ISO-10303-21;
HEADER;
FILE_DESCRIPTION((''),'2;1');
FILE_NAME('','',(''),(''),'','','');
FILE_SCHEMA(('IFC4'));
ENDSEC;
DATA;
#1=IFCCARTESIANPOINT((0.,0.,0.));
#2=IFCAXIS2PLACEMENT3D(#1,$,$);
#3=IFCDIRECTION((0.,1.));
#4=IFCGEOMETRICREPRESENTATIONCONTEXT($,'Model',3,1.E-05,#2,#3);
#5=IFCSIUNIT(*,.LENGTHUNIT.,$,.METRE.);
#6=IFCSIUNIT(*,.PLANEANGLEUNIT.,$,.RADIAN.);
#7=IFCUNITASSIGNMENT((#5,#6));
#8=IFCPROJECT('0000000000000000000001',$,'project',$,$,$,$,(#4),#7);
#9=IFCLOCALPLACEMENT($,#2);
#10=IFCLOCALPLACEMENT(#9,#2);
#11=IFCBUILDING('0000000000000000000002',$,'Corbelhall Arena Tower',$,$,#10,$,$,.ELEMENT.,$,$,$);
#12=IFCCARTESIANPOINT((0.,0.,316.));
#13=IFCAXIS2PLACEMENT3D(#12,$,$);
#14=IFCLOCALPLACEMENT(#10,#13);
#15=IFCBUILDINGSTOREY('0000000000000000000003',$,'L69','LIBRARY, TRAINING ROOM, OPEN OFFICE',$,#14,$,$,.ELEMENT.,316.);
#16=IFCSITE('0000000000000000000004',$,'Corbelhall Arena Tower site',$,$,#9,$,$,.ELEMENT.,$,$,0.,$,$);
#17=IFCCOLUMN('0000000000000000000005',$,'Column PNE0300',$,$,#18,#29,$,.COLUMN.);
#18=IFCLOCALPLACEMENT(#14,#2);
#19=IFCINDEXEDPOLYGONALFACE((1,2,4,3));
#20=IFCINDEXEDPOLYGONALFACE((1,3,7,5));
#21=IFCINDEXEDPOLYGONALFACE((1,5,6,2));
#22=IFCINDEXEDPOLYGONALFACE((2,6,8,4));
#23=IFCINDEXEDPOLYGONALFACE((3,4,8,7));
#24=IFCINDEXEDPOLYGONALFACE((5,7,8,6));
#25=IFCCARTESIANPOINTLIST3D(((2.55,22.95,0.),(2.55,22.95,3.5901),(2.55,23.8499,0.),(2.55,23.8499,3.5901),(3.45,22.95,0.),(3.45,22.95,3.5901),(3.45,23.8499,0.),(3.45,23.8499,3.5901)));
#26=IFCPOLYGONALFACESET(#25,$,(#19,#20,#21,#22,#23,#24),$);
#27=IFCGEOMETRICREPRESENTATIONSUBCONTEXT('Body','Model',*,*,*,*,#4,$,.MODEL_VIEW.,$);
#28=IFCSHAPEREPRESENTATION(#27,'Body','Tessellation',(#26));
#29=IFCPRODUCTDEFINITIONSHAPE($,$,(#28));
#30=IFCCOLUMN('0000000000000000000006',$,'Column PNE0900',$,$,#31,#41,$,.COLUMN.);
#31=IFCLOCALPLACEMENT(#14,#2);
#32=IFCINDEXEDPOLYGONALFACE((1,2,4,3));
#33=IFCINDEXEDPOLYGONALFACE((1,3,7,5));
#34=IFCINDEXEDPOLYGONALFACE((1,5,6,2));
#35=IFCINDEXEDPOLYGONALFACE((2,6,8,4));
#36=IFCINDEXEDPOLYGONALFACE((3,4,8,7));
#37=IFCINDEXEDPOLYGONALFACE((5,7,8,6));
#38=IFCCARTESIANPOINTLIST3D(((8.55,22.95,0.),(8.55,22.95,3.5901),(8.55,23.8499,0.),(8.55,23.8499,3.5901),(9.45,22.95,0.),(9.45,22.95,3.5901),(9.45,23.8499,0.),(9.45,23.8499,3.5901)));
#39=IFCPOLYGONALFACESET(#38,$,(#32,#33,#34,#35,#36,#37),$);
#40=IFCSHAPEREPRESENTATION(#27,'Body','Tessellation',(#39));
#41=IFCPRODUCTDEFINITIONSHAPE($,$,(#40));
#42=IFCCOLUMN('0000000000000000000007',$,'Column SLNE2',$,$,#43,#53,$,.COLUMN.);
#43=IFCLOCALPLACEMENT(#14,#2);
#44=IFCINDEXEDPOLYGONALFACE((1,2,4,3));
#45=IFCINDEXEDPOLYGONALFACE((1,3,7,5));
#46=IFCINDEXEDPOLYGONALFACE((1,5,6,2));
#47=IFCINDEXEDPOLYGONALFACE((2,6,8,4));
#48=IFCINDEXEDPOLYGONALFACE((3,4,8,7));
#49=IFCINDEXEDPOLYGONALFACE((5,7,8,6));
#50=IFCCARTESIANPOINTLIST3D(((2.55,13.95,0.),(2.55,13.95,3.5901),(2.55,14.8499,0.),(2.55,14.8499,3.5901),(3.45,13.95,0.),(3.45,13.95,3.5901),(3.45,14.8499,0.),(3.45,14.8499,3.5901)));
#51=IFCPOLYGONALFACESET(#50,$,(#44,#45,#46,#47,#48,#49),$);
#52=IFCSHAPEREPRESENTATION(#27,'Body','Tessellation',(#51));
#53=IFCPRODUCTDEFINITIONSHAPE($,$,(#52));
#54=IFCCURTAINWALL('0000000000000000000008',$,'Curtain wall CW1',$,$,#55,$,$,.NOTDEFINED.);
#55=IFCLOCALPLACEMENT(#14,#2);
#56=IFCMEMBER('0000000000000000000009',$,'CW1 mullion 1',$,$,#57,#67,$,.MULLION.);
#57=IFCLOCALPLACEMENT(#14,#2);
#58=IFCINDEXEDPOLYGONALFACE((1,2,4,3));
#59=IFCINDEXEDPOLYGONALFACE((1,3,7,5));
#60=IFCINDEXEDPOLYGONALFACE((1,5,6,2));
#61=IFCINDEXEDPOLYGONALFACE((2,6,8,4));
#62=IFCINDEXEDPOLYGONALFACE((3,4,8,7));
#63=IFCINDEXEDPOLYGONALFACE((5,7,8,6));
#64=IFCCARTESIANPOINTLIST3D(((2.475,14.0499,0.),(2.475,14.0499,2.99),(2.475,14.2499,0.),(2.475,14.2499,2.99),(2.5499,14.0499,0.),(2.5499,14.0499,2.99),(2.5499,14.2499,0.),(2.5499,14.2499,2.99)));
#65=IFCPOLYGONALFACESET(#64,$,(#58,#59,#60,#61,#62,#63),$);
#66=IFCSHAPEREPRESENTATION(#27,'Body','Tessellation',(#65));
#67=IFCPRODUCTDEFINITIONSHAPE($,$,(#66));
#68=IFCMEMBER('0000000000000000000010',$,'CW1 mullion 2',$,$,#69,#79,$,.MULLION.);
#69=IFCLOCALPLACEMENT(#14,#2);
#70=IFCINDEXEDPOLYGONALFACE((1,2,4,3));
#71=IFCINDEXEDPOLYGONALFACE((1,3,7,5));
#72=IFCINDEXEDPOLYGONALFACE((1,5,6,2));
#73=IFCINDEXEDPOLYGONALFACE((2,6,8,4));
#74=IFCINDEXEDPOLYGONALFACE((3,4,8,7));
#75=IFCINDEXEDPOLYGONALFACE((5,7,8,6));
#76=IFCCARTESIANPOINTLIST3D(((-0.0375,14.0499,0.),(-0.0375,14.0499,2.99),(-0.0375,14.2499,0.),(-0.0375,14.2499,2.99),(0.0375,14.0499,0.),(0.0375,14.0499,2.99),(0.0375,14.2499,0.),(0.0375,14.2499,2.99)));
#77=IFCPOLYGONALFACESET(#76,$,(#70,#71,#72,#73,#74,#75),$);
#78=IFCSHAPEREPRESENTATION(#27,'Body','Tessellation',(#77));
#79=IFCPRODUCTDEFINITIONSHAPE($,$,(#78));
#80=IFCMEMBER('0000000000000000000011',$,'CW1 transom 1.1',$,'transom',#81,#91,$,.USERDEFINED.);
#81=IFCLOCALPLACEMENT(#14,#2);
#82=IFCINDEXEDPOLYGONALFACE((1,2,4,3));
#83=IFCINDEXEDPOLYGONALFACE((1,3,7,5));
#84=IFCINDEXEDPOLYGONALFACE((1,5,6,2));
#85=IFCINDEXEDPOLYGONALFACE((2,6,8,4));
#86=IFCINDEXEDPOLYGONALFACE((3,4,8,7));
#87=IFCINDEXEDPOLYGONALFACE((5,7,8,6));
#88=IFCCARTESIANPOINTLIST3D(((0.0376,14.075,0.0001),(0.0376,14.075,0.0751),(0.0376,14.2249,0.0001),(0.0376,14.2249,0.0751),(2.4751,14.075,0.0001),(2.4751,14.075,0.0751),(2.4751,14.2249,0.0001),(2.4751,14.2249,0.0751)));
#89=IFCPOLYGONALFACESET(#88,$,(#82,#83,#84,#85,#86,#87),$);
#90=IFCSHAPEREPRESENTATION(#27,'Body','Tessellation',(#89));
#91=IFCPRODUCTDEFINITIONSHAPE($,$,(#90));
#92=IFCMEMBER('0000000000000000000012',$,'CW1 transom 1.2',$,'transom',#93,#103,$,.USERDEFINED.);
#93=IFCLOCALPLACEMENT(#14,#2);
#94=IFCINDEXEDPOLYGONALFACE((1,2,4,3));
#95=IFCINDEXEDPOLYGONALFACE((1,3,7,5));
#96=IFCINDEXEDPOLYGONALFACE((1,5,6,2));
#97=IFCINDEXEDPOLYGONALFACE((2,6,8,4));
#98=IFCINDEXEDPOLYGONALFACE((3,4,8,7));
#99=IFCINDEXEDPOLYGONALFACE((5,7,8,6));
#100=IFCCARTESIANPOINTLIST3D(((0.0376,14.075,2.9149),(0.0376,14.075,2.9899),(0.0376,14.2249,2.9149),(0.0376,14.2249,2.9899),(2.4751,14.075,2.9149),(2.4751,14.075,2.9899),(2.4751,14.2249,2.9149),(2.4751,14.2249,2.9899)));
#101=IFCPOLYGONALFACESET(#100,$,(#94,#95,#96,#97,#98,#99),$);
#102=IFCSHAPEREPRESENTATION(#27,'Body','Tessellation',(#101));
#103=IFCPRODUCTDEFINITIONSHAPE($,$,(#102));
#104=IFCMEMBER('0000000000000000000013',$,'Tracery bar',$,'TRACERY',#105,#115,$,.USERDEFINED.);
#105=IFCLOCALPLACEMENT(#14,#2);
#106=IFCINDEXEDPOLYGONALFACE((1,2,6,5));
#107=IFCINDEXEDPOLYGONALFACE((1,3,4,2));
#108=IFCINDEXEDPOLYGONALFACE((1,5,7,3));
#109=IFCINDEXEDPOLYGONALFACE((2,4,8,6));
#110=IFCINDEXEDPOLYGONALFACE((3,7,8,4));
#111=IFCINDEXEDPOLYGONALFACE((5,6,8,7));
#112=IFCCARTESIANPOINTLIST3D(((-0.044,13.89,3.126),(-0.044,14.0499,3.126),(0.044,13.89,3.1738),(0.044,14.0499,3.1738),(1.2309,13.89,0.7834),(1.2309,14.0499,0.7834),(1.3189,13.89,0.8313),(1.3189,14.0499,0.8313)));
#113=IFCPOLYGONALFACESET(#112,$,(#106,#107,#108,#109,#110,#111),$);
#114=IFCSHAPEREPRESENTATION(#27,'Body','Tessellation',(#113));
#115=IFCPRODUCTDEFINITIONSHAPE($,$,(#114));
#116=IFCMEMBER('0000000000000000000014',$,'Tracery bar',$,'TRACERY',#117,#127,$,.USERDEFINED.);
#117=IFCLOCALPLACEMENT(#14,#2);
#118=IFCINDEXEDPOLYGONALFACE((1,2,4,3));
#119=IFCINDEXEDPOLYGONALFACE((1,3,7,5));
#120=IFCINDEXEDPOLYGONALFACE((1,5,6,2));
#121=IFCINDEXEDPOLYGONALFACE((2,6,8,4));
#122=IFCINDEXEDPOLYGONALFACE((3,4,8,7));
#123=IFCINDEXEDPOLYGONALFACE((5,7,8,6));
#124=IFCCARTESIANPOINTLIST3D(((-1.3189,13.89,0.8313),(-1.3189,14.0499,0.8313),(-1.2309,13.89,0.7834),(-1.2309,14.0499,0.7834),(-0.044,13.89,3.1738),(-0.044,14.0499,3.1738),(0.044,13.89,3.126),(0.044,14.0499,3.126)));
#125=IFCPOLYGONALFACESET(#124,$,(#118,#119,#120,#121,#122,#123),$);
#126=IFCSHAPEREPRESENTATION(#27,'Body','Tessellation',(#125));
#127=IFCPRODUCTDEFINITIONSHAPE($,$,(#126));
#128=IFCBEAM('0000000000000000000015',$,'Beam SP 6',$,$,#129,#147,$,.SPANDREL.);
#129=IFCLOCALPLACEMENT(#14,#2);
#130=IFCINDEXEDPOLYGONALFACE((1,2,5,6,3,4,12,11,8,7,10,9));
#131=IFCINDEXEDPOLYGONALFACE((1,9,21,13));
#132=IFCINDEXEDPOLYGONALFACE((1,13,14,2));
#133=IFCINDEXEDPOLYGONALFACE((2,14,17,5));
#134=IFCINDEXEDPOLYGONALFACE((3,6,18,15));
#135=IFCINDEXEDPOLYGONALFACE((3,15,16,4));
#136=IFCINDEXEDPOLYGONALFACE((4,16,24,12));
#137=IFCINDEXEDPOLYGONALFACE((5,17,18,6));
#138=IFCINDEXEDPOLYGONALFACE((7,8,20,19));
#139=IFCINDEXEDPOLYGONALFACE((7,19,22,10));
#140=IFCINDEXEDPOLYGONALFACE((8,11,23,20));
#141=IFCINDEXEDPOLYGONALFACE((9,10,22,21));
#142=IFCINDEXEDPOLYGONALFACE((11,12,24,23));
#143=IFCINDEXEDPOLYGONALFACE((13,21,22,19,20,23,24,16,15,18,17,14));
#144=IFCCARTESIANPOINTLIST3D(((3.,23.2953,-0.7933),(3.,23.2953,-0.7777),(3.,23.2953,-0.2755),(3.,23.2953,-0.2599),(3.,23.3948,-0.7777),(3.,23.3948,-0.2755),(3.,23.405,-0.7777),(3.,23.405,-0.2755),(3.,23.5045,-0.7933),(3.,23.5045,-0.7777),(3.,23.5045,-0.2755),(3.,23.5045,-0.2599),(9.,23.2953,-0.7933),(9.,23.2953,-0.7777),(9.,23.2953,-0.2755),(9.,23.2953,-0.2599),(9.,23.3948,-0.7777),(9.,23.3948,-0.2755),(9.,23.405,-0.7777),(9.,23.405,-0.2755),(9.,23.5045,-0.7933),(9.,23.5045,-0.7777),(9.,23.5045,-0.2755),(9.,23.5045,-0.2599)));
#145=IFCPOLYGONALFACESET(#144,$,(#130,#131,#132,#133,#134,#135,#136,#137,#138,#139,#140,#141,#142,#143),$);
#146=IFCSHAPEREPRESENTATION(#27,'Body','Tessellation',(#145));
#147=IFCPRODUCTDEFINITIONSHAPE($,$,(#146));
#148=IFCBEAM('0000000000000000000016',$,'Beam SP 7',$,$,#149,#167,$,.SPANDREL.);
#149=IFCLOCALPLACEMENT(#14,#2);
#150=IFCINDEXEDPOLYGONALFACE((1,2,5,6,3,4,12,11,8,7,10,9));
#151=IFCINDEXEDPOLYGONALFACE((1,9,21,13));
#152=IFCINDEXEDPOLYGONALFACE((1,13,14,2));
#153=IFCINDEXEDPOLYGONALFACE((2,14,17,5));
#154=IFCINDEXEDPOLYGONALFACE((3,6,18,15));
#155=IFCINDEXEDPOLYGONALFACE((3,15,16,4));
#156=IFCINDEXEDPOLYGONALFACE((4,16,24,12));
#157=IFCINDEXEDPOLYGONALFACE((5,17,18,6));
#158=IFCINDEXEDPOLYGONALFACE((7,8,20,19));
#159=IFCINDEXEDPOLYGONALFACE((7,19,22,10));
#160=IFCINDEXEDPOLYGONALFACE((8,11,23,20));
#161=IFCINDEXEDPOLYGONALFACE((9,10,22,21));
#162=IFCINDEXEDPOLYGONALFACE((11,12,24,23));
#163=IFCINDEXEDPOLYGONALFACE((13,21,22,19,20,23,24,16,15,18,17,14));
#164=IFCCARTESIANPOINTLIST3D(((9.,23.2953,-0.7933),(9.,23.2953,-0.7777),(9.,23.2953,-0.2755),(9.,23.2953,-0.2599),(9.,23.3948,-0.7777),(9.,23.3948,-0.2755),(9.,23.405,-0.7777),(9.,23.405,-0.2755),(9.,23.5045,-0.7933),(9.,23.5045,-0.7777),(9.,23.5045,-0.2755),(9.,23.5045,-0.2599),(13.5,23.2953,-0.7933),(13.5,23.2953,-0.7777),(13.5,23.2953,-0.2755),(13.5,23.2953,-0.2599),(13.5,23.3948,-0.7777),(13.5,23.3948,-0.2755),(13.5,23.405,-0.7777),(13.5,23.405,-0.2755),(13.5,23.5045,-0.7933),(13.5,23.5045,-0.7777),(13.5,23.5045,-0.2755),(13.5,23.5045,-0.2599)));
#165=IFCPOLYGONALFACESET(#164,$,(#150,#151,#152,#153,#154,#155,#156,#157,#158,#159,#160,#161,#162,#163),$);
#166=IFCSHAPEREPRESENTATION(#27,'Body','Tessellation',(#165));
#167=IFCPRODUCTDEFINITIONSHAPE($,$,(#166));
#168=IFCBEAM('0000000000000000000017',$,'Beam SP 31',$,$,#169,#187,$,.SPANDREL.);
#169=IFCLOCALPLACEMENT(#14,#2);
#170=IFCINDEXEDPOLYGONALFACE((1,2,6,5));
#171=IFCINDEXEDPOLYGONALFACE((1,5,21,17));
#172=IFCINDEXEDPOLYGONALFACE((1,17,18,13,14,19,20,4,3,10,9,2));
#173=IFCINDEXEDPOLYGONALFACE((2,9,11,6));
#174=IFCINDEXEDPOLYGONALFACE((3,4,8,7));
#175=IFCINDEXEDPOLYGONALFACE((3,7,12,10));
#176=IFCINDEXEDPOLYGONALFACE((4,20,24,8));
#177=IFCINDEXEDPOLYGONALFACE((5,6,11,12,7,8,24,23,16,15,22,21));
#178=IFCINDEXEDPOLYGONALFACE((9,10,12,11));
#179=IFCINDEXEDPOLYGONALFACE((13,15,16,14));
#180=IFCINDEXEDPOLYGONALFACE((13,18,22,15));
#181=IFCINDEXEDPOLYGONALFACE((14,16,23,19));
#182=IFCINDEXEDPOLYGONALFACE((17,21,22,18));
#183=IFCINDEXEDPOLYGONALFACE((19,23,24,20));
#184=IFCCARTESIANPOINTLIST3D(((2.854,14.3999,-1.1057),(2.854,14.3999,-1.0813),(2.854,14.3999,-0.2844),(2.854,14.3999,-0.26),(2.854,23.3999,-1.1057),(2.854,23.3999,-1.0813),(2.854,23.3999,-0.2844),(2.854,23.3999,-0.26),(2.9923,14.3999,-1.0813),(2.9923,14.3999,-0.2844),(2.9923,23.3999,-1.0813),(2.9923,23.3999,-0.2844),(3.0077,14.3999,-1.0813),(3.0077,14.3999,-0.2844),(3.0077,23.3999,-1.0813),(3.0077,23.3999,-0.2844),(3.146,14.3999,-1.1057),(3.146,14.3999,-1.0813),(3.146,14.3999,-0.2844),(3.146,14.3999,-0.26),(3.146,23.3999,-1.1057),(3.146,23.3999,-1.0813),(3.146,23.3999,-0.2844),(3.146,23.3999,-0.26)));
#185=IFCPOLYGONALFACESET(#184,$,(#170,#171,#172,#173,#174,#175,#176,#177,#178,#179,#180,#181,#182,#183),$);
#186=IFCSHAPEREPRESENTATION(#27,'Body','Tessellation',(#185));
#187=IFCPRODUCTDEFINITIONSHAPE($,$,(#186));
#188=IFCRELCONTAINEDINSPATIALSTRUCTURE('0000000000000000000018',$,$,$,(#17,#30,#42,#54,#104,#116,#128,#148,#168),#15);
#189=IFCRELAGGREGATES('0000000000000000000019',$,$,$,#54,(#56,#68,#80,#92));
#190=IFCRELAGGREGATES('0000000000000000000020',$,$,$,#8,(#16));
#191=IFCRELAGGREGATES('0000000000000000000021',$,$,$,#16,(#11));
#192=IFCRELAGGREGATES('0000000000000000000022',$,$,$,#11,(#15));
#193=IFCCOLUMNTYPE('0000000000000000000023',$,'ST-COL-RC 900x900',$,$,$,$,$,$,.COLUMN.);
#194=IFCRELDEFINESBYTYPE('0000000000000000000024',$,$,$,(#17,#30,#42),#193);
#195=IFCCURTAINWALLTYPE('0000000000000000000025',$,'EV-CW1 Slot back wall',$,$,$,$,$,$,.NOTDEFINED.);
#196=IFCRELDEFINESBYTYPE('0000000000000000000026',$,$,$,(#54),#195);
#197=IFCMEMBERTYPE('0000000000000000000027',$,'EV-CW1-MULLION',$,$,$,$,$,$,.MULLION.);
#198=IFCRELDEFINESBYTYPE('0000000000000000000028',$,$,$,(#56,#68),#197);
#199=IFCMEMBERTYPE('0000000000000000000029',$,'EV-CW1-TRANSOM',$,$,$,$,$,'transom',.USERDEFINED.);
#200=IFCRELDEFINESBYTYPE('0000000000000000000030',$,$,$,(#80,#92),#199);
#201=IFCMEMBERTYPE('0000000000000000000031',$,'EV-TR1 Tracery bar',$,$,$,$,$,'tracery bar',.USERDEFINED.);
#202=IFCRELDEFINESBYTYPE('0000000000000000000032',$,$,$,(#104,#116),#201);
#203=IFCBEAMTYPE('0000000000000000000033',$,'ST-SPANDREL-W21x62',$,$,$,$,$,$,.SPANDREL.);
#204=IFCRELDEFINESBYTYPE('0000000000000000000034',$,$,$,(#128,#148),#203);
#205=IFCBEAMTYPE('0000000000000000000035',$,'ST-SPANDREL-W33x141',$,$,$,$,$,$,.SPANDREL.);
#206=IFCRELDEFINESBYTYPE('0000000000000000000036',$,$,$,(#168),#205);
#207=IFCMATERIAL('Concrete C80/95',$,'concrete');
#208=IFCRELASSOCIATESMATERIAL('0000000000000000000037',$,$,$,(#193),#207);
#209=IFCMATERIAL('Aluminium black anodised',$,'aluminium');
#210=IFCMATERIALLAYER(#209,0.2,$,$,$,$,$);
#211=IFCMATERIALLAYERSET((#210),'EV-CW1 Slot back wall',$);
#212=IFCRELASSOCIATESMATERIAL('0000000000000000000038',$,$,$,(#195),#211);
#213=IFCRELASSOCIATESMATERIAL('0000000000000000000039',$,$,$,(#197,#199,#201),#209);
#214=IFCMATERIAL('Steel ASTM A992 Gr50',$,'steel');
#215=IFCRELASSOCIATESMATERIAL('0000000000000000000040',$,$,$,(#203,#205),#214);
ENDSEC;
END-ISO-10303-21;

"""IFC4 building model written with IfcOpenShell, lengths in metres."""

from ifc_helpers import new_model, si_unit, direction, frame, origin, origin_2d, place, context, subcontext, project, spatial, rectangle, i_section, extrude, material, layer, layer_set, material_profile, profile_set, type_object, element, aggregate, save


model = new_model("IFC4")

# Units and contexts
model_context = context("Model", 3, precision=1e-05, world=origin(), true_north=direction((0.0, 1.0)))
body_context = subcontext(model_context, "Body", "Model", "MODEL_VIEW")
ifc_project = project(units=[si_unit("LENGTHUNIT", "METRE"), si_unit("PLANEANGLEUNIT", "RADIAN")], contexts=[model_context])

# Site, building, storey
site_placement = place(None, origin())
site = spatial("IfcSite", under=ifc_project, at=site_placement, Name="Corbelhall Arena Tower site", CompositionType="ELEMENT", RefElevation=0.0)
building_placement = place(site_placement, origin())
building = spatial("IfcBuilding", under=site, at=building_placement, Name="Corbelhall Arena Tower", CompositionType="ELEMENT")
storey_placement = place(building_placement, frame((0.0, 0.0, 316.0)))
storey = spatial("IfcBuildingStorey", under=building, at=storey_placement, Name="L69", Description="LIBRARY, TRAINING ROOM, OPEN OFFICE", CompositionType="ELEMENT", Elevation=316.0)

# Columns
ifc_material_1 = material(Name="Concrete C80/95", Category="concrete")
ifc_material_profile_1 = material_profile(ifc_material_1, rectangle(XDim=0.8999, YDim=0.8999, at=origin_2d()))
ifc_profile_set_1 = profile_set([ifc_material_profile_1], Name="Concrete C80/95")
column_type = type_object("IfcColumnType", Name="ST-COL-RC 900x900", PredefinedType="COLUMN", material=ifc_profile_set_1)
for number, where, z_axis, x_axis, name in (
    (1, (3.0, 23.3999, 0.0), (0.0, 0.0, 1.0), (1.0, 0.0, 0.0), "Column PNE0300"),
    (2, (9.0, 23.3999, 0.0), (0.0, 0.0, 1.0), (1.0, 0.0, 0.0), "Column PNE0900"),
    (3, (3.0, 14.3999, 0.0), (0.0, 0.0, 1.0), (1.0, 0.0, 0.0), "Column SLNE2"),
):
    element("IfcColumn", number, at=place(storey_placement, frame(where, z_axis=z_axis, x_axis=x_axis)), inside=storey, type_object=column_type, Name=name, PredefinedType="COLUMN", context=body_context, shape_type="SweptSolid", body=[
        extrude(rectangle(XDim=0.8999, YDim=0.8999, at=origin_2d()), origin(), (0.0, 0.0, 1.0), 3.5901),
    ])

# Curtain wall, members
ifc_material_2 = material(Name="Aluminium black anodised", Category="aluminium")
ifc_layer_1 = layer(ifc_material_2, 0.2)
ifc_layer_set_1 = layer_set([ifc_layer_1], Name="EV-CW1 Slot back wall")
curtain_wall_type = type_object("IfcCurtainWallType", Name="EV-CW1 Slot back wall", PredefinedType="NOTDEFINED", material=ifc_layer_set_1)
curtain_wall_placement = place(storey_placement, origin())
curtain_wall = element("IfcCurtainWall", 4, at=curtain_wall_placement, inside=storey, type_object=curtain_wall_type, Name="Curtain wall CW1", PredefinedType="NOTDEFINED")
ifc_material_profile_2 = material_profile(ifc_material_2, rectangle(XDim=0.2, YDim=0.075, at=origin_2d()))
ifc_profile_set_2 = profile_set([ifc_material_profile_2], Name="Aluminium black anodised")
member_type_1 = type_object("IfcMemberType", Name="EV-CW1-MULLION", PredefinedType="MULLION", material=ifc_profile_set_2)
member_1_placement = place(storey_placement, frame((2.5125, 14.1499, 0.0), z_axis=(0.0, 0.0, 1.0), x_axis=(0.0, -1.0, 0.0)))
member_1 = element("IfcMember", 5, at=member_1_placement, type_object=member_type_1, Name="CW1 mullion 1", PredefinedType="MULLION", context=body_context, shape_type="SweptSolid", body=[
    extrude(rectangle(XDim=0.2, YDim=0.075, at=origin_2d()), origin(), (0.0, 0.0, 1.0), 2.99),
])
member_2_placement = place(storey_placement, frame((0.0, 14.1499, 0.0), z_axis=(0.0, 0.0, 1.0), x_axis=(0.0, -1.0, 0.0)))
member_2 = element("IfcMember", 6, at=member_2_placement, type_object=member_type_1, Name="CW1 mullion 2", PredefinedType="MULLION", context=body_context, shape_type="SweptSolid", body=[
    extrude(rectangle(XDim=0.2, YDim=0.075, at=origin_2d()), origin(), (0.0, 0.0, 1.0), 2.99),
])
ifc_material_profile_3 = material_profile(ifc_material_2, rectangle(XDim=0.1499, YDim=0.075, at=origin_2d()))
ifc_profile_set_3 = profile_set([ifc_material_profile_3], Name="Aluminium black anodised")
member_type_2 = type_object("IfcMemberType", Name="EV-CW1-TRANSOM", ElementType="transom", PredefinedType="USERDEFINED", material=ifc_profile_set_3)
member_3_placement = place(storey_placement, frame((2.4751, 14.1499, 0.0376), z_axis=(-1.0, 0.0, 0.0), x_axis=(0.0, -1.0, 0.0)))
member_3 = element("IfcMember", 7, at=member_3_placement, type_object=member_type_2, Name="CW1 transom 1.1", ObjectType="transom", PredefinedType="USERDEFINED", context=body_context, shape_type="SweptSolid", body=[
    extrude(rectangle(XDim=0.1499, YDim=0.075, at=origin_2d()), origin(), (0.0, 0.0, 1.0), 2.4375),
])
member_4_placement = place(storey_placement, frame((2.4751, 14.1499, 2.9524), z_axis=(-1.0, 0.0, 0.0), x_axis=(0.0, -1.0, 0.0)))
member_4 = element("IfcMember", 8, at=member_4_placement, type_object=member_type_2, Name="CW1 transom 1.2", ObjectType="transom", PredefinedType="USERDEFINED", context=body_context, shape_type="SweptSolid", body=[
    extrude(rectangle(XDim=0.1499, YDim=0.075, at=origin_2d()), origin(), (0.0, 0.0, 1.0), 2.4375),
])

# Members
ifc_material_profile_4 = material_profile(ifc_material_2, rectangle(XDim=0.1599, YDim=0.1001, at=origin_2d()))
ifc_profile_set_4 = profile_set([ifc_material_profile_4], Name="Aluminium black anodised")
member_type_3 = type_object("IfcMemberType", Name="EV-TR1 Tracery bar", ElementType="tracery bar", PredefinedType="USERDEFINED", material=ifc_profile_set_4)
for number, where, z_axis, x_axis, name in (
    (9, (1.2749, 13.97, 0.8074), (-0.478031, 0.0, 0.878343), (0.0, -1.0, 0.0), "Tracery bar"),
    (10, (0.0, 13.97, 3.1499), (-0.478031, 0.0, -0.878343), (0.0, -1.0, 0.0), "Tracery bar"),
):
    element("IfcMember", number, at=place(storey_placement, frame(where, z_axis=z_axis, x_axis=x_axis)), inside=storey, type_object=member_type_3, Name=name, ObjectType="TRACERY", PredefinedType="USERDEFINED", context=body_context, shape_type="SweptSolid", body=[
        extrude(rectangle(XDim=0.1599, YDim=0.1001, at=origin_2d()), origin(), (0.0, 0.0, 1.0), 2.667),
    ])

# Beams
ifc_material_3 = material(Name="Steel ASTM A992 Gr50", Category="steel")
ifc_material_profile_5 = material_profile(ifc_material_3, i_section(OverallWidth=0.2092, OverallDepth=0.5334, WebThickness=0.0103, FlangeThickness=0.0156, at=origin_2d()))
ifc_profile_set_5 = profile_set([ifc_material_profile_5], Name="Steel ASTM A992 Gr50")
beam_type_1 = type_object("IfcBeamType", Name="ST-SPANDREL-W21x62", PredefinedType="SPANDREL", material=ifc_profile_set_5)
beam_1_placement = place(storey_placement, frame((3.0, 23.3999, -0.5266), z_axis=(1.0, 0.0, 0.0), x_axis=(0.0, 1.0, 0.0)))
element("IfcBeam", 11, at=beam_1_placement, inside=storey, type_object=beam_type_1, Name="Beam SP 6", PredefinedType="SPANDREL", context=body_context, shape_type="SweptSolid", body=[
    extrude(i_section(OverallWidth=0.2092, OverallDepth=0.5334, WebThickness=0.0103, FlangeThickness=0.0156, at=origin_2d()), origin(), (0.0, 0.0, 1.0), 6.0),
])
beam_2_placement = place(storey_placement, frame((9.0, 23.3999, -0.5266), z_axis=(1.0, 0.0, 0.0), x_axis=(0.0, 1.0, 0.0)))
element("IfcBeam", 12, at=beam_2_placement, inside=storey, type_object=beam_type_1, Name="Beam SP 7", PredefinedType="SPANDREL", context=body_context, shape_type="SweptSolid", body=[
    extrude(i_section(OverallWidth=0.2092, OverallDepth=0.5334, WebThickness=0.0103, FlangeThickness=0.0156, at=origin_2d()), origin(), (0.0, 0.0, 1.0), 4.5),
])
ifc_material_profile_6 = material_profile(ifc_material_3, i_section(OverallWidth=0.292, OverallDepth=0.8457, WebThickness=0.0154, FlangeThickness=0.0244, at=origin_2d()))
ifc_profile_set_6 = profile_set([ifc_material_profile_6], Name="Steel ASTM A992 Gr50")
beam_type_2 = type_object("IfcBeamType", Name="ST-SPANDREL-W33x141", PredefinedType="SPANDREL", material=ifc_profile_set_6)
beam_3_placement = place(storey_placement, frame((3.0, 14.3999, -0.6829), z_axis=(0.0, 1.0, 0.0), x_axis=(-1.0, 0.0, 0.0)))
element("IfcBeam", 13, at=beam_3_placement, inside=storey, type_object=beam_type_2, Name="Beam SP 31", PredefinedType="SPANDREL", context=body_context, shape_type="SweptSolid", body=[
    extrude(i_section(OverallWidth=0.292, OverallDepth=0.8457, WebThickness=0.0154, FlangeThickness=0.0244, at=origin_2d()), origin(), (0.0, 0.0, 1.0), 9.0),
])

aggregate(curtain_wall, [member_1, member_2, member_3, member_4])

save(model, "model.ifc")
